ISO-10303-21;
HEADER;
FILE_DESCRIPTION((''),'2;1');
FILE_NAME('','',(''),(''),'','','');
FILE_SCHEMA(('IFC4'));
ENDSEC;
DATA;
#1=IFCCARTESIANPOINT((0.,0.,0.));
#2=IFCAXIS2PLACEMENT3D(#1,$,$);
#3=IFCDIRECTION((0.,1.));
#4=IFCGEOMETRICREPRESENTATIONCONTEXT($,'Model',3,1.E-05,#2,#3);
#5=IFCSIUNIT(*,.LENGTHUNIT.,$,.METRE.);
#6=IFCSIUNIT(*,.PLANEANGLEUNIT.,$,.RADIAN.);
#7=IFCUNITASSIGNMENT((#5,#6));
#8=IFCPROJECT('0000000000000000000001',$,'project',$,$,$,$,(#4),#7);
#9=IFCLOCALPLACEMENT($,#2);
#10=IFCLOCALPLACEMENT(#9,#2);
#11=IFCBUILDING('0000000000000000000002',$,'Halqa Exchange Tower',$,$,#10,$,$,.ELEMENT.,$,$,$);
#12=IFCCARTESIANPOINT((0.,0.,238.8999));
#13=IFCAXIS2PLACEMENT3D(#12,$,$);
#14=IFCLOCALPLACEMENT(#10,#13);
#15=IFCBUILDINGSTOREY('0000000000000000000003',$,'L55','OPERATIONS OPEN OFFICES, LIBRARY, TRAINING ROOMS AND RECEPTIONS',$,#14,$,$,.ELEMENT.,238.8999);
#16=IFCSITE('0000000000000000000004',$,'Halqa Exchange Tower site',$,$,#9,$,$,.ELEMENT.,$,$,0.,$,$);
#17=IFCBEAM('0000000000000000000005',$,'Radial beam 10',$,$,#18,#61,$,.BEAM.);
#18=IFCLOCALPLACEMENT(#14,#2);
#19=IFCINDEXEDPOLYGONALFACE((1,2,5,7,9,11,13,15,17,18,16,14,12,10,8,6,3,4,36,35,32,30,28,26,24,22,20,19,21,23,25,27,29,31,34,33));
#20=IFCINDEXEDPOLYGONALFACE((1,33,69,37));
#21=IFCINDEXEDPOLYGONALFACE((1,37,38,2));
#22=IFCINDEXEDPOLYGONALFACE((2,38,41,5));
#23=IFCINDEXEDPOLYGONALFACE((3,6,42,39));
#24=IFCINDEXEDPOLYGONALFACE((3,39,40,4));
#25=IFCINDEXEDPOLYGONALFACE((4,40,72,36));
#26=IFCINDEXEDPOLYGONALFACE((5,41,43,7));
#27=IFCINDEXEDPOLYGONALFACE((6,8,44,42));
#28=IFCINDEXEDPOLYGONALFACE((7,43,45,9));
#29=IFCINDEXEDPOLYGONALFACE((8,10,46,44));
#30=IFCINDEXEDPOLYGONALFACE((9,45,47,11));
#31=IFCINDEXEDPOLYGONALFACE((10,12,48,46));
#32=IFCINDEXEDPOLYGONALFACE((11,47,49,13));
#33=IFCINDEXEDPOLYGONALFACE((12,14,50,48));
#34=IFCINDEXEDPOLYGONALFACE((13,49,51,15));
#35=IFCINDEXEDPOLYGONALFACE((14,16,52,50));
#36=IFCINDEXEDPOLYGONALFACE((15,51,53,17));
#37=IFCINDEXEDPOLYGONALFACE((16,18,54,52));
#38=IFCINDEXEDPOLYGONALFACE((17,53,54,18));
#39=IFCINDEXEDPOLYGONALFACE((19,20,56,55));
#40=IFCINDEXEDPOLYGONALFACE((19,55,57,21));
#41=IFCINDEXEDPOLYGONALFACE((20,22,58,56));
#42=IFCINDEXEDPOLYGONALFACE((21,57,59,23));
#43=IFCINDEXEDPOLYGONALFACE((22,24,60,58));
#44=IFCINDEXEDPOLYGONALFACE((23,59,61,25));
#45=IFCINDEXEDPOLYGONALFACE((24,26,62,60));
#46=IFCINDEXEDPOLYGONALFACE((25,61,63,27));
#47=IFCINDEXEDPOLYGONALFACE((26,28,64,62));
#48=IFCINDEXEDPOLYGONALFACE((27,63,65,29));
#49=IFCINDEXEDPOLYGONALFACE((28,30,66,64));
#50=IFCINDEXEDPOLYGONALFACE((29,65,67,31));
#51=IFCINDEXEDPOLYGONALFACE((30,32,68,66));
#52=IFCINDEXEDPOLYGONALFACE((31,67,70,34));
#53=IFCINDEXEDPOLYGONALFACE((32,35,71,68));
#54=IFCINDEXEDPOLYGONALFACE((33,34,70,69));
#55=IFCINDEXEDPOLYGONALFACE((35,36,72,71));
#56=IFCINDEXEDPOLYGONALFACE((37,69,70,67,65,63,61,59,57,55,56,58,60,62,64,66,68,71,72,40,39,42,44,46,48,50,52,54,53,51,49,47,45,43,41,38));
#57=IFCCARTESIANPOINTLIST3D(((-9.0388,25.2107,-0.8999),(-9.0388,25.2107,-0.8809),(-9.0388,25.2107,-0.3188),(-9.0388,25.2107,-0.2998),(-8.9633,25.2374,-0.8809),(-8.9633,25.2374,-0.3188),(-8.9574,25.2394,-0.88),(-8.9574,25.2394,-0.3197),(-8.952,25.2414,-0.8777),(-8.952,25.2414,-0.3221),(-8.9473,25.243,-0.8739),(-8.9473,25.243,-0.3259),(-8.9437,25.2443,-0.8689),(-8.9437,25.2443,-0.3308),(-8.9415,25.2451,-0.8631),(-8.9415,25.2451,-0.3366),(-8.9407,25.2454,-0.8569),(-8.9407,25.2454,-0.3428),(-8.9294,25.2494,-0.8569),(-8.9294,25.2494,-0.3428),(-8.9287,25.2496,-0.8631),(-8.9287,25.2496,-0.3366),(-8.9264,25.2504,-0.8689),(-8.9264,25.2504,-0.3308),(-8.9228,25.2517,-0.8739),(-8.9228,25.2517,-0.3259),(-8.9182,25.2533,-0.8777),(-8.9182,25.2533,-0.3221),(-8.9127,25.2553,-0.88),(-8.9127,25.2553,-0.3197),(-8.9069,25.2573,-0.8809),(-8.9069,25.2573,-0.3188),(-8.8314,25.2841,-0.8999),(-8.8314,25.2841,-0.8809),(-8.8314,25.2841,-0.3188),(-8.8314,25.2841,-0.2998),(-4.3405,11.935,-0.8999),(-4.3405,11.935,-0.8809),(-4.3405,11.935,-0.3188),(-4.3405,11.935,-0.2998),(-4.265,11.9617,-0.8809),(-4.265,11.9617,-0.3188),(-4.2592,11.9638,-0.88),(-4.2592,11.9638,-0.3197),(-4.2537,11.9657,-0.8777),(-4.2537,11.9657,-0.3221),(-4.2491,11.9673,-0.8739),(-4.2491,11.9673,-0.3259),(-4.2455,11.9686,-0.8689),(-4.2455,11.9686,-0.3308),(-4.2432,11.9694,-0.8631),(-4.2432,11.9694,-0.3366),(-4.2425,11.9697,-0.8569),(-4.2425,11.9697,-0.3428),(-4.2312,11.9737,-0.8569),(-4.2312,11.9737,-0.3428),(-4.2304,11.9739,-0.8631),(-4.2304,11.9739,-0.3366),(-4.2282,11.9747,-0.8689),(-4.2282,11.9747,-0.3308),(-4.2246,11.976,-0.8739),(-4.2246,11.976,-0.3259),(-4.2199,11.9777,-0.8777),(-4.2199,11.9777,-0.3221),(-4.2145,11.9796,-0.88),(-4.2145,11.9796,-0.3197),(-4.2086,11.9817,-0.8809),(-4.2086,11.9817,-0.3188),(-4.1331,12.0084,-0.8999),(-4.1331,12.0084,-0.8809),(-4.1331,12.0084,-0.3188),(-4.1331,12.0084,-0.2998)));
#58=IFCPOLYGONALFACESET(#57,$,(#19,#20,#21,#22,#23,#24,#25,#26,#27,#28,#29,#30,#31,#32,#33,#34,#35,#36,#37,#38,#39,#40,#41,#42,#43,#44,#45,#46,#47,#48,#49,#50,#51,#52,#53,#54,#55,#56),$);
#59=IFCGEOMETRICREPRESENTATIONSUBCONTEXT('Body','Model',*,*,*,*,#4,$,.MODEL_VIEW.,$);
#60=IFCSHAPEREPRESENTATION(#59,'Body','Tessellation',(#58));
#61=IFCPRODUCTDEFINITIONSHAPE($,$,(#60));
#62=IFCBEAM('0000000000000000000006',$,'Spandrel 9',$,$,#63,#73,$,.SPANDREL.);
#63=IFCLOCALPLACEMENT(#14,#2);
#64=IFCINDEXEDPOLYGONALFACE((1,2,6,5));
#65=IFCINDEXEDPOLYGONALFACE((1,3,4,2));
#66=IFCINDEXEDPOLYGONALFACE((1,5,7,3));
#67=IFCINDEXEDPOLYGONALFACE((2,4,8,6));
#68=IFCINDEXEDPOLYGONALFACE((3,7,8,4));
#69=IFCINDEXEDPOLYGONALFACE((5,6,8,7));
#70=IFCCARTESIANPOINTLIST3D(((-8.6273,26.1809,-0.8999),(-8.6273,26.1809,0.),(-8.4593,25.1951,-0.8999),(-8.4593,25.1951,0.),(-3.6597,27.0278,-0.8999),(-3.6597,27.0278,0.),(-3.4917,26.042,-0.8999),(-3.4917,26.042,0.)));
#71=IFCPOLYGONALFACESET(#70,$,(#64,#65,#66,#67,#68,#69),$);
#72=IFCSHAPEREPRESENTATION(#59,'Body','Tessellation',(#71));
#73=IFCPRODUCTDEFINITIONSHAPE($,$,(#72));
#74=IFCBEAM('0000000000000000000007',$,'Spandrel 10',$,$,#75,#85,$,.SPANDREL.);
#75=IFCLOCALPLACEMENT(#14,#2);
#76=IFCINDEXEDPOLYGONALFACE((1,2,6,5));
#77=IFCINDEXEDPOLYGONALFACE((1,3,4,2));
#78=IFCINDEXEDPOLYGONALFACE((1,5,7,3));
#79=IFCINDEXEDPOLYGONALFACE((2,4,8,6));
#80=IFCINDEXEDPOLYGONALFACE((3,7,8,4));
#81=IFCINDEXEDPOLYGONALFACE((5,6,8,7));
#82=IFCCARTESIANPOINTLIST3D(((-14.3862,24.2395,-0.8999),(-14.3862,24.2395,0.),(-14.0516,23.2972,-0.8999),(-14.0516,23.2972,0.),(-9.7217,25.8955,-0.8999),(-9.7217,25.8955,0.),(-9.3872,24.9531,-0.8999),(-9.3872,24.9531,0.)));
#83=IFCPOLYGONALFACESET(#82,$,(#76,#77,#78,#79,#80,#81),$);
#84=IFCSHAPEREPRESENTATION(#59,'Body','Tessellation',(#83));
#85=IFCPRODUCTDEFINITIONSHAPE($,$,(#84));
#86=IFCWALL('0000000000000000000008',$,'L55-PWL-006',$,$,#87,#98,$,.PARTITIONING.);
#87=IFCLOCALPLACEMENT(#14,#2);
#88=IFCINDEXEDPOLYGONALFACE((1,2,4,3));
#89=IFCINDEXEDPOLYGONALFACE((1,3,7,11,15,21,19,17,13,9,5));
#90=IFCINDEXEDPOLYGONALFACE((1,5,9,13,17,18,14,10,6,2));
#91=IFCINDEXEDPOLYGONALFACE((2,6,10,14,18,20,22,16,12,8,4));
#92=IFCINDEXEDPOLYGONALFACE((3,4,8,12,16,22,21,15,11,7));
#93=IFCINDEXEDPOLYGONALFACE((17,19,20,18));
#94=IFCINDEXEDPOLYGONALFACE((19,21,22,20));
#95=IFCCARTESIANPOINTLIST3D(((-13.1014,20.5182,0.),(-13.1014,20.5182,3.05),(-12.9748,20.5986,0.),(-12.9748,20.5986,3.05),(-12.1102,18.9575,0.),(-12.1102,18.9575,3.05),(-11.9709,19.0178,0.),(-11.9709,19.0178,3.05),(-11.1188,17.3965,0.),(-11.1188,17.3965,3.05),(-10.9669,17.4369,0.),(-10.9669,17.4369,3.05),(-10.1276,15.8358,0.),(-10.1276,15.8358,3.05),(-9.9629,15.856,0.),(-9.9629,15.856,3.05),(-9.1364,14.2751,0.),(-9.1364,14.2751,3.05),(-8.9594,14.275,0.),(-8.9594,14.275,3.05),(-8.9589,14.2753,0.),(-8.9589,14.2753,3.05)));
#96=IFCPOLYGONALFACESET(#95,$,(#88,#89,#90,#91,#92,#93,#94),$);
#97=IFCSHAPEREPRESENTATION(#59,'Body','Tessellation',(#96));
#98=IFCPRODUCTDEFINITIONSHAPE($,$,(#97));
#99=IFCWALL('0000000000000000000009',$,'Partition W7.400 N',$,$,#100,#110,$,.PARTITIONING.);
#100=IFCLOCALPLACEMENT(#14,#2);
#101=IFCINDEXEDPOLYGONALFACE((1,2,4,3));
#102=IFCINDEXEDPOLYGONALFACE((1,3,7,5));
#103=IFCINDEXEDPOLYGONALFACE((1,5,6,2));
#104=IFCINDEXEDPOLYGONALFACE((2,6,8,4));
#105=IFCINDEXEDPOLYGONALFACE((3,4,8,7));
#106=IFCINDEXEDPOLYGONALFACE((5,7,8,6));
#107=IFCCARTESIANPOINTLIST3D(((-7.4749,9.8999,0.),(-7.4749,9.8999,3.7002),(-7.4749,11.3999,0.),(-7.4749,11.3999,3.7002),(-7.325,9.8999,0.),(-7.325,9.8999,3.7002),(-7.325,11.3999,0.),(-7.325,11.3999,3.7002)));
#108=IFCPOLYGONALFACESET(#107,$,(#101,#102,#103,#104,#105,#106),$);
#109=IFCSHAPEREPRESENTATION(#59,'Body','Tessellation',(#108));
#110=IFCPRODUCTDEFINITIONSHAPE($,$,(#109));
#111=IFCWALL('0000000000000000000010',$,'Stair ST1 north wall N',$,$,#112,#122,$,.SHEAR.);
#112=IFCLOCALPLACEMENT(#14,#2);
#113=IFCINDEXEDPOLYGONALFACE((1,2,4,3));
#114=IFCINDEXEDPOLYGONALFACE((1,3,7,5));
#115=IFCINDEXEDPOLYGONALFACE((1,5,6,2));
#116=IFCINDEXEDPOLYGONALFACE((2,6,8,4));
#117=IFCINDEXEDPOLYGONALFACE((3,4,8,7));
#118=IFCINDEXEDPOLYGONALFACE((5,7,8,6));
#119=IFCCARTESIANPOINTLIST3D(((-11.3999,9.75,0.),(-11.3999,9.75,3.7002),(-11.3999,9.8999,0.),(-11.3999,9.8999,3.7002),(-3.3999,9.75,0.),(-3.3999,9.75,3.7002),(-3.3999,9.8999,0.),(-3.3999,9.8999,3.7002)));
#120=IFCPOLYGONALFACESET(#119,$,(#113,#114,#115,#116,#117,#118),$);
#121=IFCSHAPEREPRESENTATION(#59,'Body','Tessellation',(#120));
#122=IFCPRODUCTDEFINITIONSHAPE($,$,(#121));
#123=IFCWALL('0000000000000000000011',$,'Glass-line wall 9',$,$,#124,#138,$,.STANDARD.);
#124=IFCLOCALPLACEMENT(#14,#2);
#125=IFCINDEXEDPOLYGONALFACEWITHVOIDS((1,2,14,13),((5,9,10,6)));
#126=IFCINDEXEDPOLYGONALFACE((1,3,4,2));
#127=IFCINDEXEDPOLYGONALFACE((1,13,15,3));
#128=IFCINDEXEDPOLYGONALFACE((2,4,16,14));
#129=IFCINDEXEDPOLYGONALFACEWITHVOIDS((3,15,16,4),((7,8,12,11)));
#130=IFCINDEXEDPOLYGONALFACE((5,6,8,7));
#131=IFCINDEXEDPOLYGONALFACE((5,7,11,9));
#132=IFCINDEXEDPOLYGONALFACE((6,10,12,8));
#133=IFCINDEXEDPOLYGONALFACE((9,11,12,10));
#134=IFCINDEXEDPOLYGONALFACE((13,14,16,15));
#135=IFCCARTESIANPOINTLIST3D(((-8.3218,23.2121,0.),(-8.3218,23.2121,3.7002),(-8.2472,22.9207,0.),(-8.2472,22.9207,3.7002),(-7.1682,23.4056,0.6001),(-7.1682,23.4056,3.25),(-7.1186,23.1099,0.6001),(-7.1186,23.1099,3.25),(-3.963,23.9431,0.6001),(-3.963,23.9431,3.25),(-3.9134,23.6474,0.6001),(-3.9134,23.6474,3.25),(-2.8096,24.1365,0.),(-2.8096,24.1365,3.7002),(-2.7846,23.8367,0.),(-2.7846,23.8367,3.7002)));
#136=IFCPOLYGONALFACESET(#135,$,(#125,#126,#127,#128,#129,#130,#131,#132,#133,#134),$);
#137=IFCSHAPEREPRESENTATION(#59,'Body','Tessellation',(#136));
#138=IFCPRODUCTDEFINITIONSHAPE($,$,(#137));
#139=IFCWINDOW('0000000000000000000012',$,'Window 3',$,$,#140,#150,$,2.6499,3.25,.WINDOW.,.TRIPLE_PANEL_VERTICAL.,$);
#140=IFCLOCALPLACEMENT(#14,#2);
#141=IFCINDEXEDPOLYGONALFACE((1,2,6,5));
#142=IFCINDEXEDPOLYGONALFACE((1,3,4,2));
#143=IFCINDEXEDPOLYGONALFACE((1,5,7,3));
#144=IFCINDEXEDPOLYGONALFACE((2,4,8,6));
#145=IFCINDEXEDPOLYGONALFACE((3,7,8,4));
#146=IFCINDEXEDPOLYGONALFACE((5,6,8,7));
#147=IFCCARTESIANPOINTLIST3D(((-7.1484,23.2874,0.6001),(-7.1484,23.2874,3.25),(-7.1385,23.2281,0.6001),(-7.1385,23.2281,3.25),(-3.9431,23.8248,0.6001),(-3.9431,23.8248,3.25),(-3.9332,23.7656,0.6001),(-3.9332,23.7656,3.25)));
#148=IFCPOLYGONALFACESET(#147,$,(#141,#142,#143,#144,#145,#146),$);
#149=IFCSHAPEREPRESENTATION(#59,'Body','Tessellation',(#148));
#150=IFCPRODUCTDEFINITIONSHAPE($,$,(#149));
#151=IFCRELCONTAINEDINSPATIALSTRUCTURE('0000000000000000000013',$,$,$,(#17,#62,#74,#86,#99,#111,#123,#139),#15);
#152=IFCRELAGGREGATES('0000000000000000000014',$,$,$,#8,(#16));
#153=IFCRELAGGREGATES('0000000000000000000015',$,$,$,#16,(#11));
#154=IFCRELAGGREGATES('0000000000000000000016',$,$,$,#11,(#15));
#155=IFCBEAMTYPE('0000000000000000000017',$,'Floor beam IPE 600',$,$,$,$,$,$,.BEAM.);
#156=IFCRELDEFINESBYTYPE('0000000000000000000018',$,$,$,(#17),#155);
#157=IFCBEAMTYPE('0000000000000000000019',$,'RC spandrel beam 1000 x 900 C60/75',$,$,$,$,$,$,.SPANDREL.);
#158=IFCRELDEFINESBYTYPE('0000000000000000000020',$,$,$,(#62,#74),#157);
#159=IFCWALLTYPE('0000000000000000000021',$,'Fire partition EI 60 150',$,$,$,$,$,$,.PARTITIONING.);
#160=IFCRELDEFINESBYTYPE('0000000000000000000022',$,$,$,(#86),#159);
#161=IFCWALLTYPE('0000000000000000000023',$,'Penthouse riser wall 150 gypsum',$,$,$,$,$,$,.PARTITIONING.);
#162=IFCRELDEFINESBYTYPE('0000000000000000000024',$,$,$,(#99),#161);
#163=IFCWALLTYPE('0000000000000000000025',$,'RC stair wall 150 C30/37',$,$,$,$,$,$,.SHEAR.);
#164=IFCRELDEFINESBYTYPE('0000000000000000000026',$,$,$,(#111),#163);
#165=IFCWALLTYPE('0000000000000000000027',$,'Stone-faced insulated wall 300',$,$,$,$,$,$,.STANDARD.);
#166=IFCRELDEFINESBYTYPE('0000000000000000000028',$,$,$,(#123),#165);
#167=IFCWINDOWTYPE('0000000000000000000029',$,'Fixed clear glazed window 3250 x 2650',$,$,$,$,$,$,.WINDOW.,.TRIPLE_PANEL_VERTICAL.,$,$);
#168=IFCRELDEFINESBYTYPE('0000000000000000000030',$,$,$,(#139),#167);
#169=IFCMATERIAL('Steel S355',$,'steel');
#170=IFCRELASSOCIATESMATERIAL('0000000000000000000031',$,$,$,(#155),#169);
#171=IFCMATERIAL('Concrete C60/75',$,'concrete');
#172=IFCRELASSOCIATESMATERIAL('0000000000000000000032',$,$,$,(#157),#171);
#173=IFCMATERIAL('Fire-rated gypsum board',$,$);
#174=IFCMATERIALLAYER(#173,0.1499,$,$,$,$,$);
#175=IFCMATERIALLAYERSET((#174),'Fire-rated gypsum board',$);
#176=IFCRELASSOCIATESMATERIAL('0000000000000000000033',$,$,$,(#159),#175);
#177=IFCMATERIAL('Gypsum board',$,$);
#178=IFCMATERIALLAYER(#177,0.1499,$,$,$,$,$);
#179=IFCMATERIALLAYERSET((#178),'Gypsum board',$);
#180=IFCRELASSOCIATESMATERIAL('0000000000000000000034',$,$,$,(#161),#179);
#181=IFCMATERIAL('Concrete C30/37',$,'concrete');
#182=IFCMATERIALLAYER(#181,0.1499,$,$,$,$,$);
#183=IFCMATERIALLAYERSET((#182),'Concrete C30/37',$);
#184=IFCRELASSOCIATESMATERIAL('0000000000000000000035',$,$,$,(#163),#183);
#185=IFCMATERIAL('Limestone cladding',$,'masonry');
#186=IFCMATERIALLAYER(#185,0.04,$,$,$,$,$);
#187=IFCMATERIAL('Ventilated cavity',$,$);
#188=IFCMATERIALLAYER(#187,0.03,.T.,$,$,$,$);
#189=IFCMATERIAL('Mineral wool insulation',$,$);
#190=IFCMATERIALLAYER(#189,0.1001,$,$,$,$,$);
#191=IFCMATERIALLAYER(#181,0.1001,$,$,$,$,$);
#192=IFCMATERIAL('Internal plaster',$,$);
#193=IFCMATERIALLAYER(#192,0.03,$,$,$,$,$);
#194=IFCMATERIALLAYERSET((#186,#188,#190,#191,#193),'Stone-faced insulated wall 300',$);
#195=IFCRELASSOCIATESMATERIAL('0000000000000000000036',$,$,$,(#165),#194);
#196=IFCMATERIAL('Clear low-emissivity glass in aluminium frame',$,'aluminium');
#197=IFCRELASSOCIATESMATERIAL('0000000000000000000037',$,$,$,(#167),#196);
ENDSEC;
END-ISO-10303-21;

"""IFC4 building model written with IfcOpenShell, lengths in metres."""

from ifc_helpers import new_model, si_unit, direction, frame, frame_2d, origin, origin_2d, place, context, subcontext, project, spatial, polyline, rectangle, i_section, outline, extrude, material, layer, layer_set, material_profile, profile_set, type_object, element, fill, save


model = new_model("IFC4")

# Units and contexts
model_context = context("Model", 3, precision=1e-05, world=origin(), true_north=direction((0.0, 1.0)))
body_context = subcontext(model_context, "Body", "Model", "MODEL_VIEW")
ifc_project = project(units=[si_unit("LENGTHUNIT", "METRE"), si_unit("PLANEANGLEUNIT", "RADIAN")], contexts=[model_context])

# Site, building, storey
site_placement = place(None, origin())
site = spatial("IfcSite", under=ifc_project, at=site_placement, Name="Halqa Exchange Tower site", CompositionType="ELEMENT", RefElevation=0.0)
building_placement = place(site_placement, origin())
building = spatial("IfcBuilding", under=site, at=building_placement, Name="Halqa Exchange Tower", CompositionType="ELEMENT")
storey_placement = place(building_placement, frame((0.0, 0.0, 238.8999)))
storey = spatial("IfcBuildingStorey", under=building, at=storey_placement, Name="L55", Description="OPERATIONS OPEN OFFICES, LIBRARY, TRAINING ROOMS AND RECEPTIONS", CompositionType="ELEMENT", Elevation=238.8999)

# Shared definitions
ifc_material_1 = material(Name="Concrete C60/75", Category="concrete")

# Beams
ifc_material_2 = material(Name="Steel S355", Category="steel")
ifc_material_profile_1 = material_profile(ifc_material_2, i_section(OverallWidth=0.22, OverallDepth=0.6001, WebThickness=0.012, FlangeThickness=0.019, FilletRadius=0.0239, at=origin_2d()), Name="IPE 600")
ifc_profile_set_1 = profile_set([ifc_material_profile_1], Name="Steel S355")
beam_type_1 = type_object("IfcBeamType", Name="Floor beam IPE 600", PredefinedType="BEAM", material=ifc_profile_set_1)
beam_1_placement = place(storey_placement, frame((-4.2368, 11.9717, -0.5999), z_axis=(-0.333623, 0.942706, 0.0), x_axis=(-0.942706, -0.333623, 0.0)))
element("IfcBeam", 1, at=beam_1_placement, inside=storey, type_object=beam_type_1, Name="Radial beam 10", PredefinedType="BEAM", context=body_context, shape_type="SweptSolid", body=[
    extrude(i_section(OverallWidth=0.22, OverallDepth=0.6001, WebThickness=0.012, FlangeThickness=0.019, FilletRadius=0.0239, at=origin_2d()), origin(), (0.0, 0.0, 1.0), 14.0825),
])
ifc_material_profile_2 = material_profile(ifc_material_1, rectangle(XDim=1.0, YDim=0.8999, at=origin_2d()), Name="1000 x 900")
ifc_profile_set_2 = profile_set([ifc_material_profile_2], Name="Concrete C60/75")
beam_type_2 = type_object("IfcBeamType", Name="RC spandrel beam 1000 x 900 C60/75", PredefinedType="SPANDREL", material=ifc_profile_set_2)
beam_2_placement = place(storey_placement, frame((-3.5757, 26.5349, -0.45), z_axis=(-0.985776, -0.168067, 0.0), x_axis=(0.168067, -0.985776, 0.0)))
element("IfcBeam", 2, at=beam_2_placement, inside=storey, type_object=beam_type_2, Name="Spandrel 9", PredefinedType="SPANDREL", context=body_context, shape_type="SweptSolid", body=[
    extrude(rectangle(XDim=1.0, YDim=0.8999, at=origin_2d()), origin(), (0.0, 0.0, 1.0), 5.0393),
])
beam_3_placement = place(storey_placement, frame((-9.5544, 25.4243, -0.45), z_axis=(-0.942374, -0.334561, 0.0), x_axis=(0.334561, -0.942374, 0.0)))
element("IfcBeam", 3, at=beam_3_placement, inside=storey, type_object=beam_type_2, Name="Spandrel 10", PredefinedType="SPANDREL", context=body_context, shape_type="SweptSolid", body=[
    extrude(rectangle(XDim=1.0, YDim=0.8999, at=origin_2d()), origin(), (0.0, 0.0, 1.0), 4.9497),
])

# Walls
ifc_material_3 = material(Name="Fire-rated gypsum board")
ifc_layer_1 = layer(ifc_material_3, 0.1499)
ifc_layer_set_1 = layer_set([ifc_layer_1], Name="Fire-rated gypsum board")
wall_type_1 = type_object("IfcWallType", Name="Fire partition EI 60 150", PredefinedType="PARTITIONING", material=ifc_layer_set_1)
wall_1_placement = place(storey_placement, frame((-9.0222, 14.2351, 0.0), z_axis=(0.0, 0.0, 1.0), x_axis=(-0.536114, 0.844146, 0.0)))
element("IfcWall", 4, at=wall_1_placement, inside=storey, type_object=wall_type_1, Name="L55-PWL-006", PredefinedType="PARTITIONING", context=body_context, shape_type="SweptSolid", body=[
    extrude(outline(polyline([(7.4907, 0.075), (5.6418, 0.075), (3.7927, 0.075), (1.9438, 0.075), (0.095, 0.075), (0.0, -0.0745), (0.0, -0.075), (1.8726, -0.075), (3.7454, -0.075), (5.6182, -0.075), (7.4907, -0.075), (7.4907, 0.075)])), origin(), (0.0, 0.0, 1.0), 3.05),
])
ifc_material_4 = material(Name="Gypsum board")
ifc_layer_2 = layer(ifc_material_4, 0.1499)
ifc_layer_set_2 = layer_set([ifc_layer_2], Name="Gypsum board")
wall_type_2 = type_object("IfcWallType", Name="Penthouse riser wall 150 gypsum", PredefinedType="PARTITIONING", material=ifc_layer_set_2)
wall_2_placement = place(storey_placement, frame((-7.3999, 9.8999, 0.0), z_axis=(0.0, 0.0, 1.0), x_axis=(0.0, 1.0, 0.0)))
element("IfcWall", 5, at=wall_2_placement, inside=storey, type_object=wall_type_2, Name="Partition W7.400 N", PredefinedType="PARTITIONING", context=body_context, shape_type="SweptSolid", body=[
    extrude(rectangle(XDim=1.5, YDim=0.1499, at=frame_2d((0.75, 0.0))), origin(), (0.0, 0.0, 1.0), 3.7002),
])
ifc_material_5 = material(Name="Concrete C30/37", Category="concrete")
ifc_layer_3 = layer(ifc_material_5, 0.1499)
ifc_layer_set_3 = layer_set([ifc_layer_3], Name="Concrete C30/37")
wall_type_3 = type_object("IfcWallType", Name="RC stair wall 150 C30/37", PredefinedType="SHEAR", material=ifc_layer_set_3)
wall_3_placement = place(storey_placement, frame((-11.3999, 9.825, 0.0), z_axis=(0.0, 0.0, 1.0), x_axis=(1.0, 0.0, 0.0)))
element("IfcWall", 6, at=wall_3_placement, inside=storey, type_object=wall_type_3, Name="Stair ST1 north wall N", PredefinedType="SHEAR", context=body_context, shape_type="SweptSolid", body=[
    extrude(rectangle(XDim=8.0, YDim=0.1499, at=frame_2d((4.0, 0.0))), origin(), (0.0, 0.0, 1.0), 3.7002),
])

# Wall, opening, window
ifc_material_6 = material(Name="Limestone cladding", Category="masonry")
ifc_layer_4 = layer(ifc_material_6, 0.04)
ifc_material_7 = material(Name="Ventilated cavity")
ifc_layer_5 = layer(ifc_material_7, 0.03, ventilated=True)
ifc_material_8 = material(Name="Mineral wool insulation")
ifc_layer_6 = layer(ifc_material_8, 0.1001)
ifc_layer_7 = layer(ifc_material_5, 0.1001)
ifc_material_9 = material(Name="Internal plaster")
ifc_layer_8 = layer(ifc_material_9, 0.03)
ifc_layer_set_4 = layer_set([ifc_layer_4, ifc_layer_5, ifc_layer_6, ifc_layer_7, ifc_layer_8], Name="Stone-faced insulated wall 300")
wall_type_4 = type_object("IfcWallType", Name="Stone-faced insulated wall 300", PredefinedType="STANDARD", material=ifc_layer_set_4)
wall_4_placement = place(storey_placement, frame((-2.7971, 23.9866, 0.0), z_axis=(0.0, 0.0, 1.0), x_axis=(-0.98623, -0.165381, 0.0)))
wall_4 = element("IfcWall", 7, at=wall_4_placement, inside=storey, type_object=wall_type_4, Name="Glass-line wall 9", PredefinedType="STANDARD", context=body_context, shape_type="SweptSolid", body=[
    extrude(outline(polyline([(-0.0125, -0.1499), (5.5767, -0.1499), (5.5513, 0.1499), (0.0125, 0.1499), (-0.0125, -0.1499)])), origin(), (0.0, 0.0, 1.0), 3.7002),
])
opening_1_placement = place(wall_4_placement, frame((1.157, 0.0, 0.6001)))
opening_1 = element("IfcOpeningElement", 8, at=opening_1_placement, cuts=wall_4, PredefinedType="OPENING", context=body_context, shape_type="SweptSolid", body=[
    extrude(rectangle(XDim=3.25, YDim=2.6499, at=frame_2d((1.625, 1.325))), frame((0.0, 0.1621, 0.0), z_axis=(0.0, -1.0, 0.0), x_axis=(1.0, 0.0, 0.0)), (0.0, 0.0, 1.0), 0.324),
])
ifc_material_10 = material(Name="Clear low-emissivity glass in aluminium frame", Category="aluminium")
window_type = type_object("IfcWindowType", Name="Fixed clear glazed window 3250 x 2650", PartitioningType="TRIPLE_PANEL_VERTICAL", PredefinedType="WINDOW", material=ifc_material_10)
window_1_placement = place(opening_1_placement, origin())
window_1 = element("IfcWindow", 9, at=window_1_placement, inside=storey, type_object=window_type, Name="Window 3", OverallHeight=2.6499, OverallWidth=3.25, PartitioningType="TRIPLE_PANEL_VERTICAL", PredefinedType="WINDOW", context=body_context, shape_type="SweptSolid", body=[
    extrude(rectangle(XDim=3.25, YDim=2.6499, at=frame_2d((1.625, 1.325))), frame((0.0, 0.03, 0.0), z_axis=(0.0, -1.0, 0.0), x_axis=(1.0, 0.0, 0.0)), (0.0, 0.0, 1.0), 0.0601),
])
fill(opening_1, window_1)

save(model, "model.ifc")
